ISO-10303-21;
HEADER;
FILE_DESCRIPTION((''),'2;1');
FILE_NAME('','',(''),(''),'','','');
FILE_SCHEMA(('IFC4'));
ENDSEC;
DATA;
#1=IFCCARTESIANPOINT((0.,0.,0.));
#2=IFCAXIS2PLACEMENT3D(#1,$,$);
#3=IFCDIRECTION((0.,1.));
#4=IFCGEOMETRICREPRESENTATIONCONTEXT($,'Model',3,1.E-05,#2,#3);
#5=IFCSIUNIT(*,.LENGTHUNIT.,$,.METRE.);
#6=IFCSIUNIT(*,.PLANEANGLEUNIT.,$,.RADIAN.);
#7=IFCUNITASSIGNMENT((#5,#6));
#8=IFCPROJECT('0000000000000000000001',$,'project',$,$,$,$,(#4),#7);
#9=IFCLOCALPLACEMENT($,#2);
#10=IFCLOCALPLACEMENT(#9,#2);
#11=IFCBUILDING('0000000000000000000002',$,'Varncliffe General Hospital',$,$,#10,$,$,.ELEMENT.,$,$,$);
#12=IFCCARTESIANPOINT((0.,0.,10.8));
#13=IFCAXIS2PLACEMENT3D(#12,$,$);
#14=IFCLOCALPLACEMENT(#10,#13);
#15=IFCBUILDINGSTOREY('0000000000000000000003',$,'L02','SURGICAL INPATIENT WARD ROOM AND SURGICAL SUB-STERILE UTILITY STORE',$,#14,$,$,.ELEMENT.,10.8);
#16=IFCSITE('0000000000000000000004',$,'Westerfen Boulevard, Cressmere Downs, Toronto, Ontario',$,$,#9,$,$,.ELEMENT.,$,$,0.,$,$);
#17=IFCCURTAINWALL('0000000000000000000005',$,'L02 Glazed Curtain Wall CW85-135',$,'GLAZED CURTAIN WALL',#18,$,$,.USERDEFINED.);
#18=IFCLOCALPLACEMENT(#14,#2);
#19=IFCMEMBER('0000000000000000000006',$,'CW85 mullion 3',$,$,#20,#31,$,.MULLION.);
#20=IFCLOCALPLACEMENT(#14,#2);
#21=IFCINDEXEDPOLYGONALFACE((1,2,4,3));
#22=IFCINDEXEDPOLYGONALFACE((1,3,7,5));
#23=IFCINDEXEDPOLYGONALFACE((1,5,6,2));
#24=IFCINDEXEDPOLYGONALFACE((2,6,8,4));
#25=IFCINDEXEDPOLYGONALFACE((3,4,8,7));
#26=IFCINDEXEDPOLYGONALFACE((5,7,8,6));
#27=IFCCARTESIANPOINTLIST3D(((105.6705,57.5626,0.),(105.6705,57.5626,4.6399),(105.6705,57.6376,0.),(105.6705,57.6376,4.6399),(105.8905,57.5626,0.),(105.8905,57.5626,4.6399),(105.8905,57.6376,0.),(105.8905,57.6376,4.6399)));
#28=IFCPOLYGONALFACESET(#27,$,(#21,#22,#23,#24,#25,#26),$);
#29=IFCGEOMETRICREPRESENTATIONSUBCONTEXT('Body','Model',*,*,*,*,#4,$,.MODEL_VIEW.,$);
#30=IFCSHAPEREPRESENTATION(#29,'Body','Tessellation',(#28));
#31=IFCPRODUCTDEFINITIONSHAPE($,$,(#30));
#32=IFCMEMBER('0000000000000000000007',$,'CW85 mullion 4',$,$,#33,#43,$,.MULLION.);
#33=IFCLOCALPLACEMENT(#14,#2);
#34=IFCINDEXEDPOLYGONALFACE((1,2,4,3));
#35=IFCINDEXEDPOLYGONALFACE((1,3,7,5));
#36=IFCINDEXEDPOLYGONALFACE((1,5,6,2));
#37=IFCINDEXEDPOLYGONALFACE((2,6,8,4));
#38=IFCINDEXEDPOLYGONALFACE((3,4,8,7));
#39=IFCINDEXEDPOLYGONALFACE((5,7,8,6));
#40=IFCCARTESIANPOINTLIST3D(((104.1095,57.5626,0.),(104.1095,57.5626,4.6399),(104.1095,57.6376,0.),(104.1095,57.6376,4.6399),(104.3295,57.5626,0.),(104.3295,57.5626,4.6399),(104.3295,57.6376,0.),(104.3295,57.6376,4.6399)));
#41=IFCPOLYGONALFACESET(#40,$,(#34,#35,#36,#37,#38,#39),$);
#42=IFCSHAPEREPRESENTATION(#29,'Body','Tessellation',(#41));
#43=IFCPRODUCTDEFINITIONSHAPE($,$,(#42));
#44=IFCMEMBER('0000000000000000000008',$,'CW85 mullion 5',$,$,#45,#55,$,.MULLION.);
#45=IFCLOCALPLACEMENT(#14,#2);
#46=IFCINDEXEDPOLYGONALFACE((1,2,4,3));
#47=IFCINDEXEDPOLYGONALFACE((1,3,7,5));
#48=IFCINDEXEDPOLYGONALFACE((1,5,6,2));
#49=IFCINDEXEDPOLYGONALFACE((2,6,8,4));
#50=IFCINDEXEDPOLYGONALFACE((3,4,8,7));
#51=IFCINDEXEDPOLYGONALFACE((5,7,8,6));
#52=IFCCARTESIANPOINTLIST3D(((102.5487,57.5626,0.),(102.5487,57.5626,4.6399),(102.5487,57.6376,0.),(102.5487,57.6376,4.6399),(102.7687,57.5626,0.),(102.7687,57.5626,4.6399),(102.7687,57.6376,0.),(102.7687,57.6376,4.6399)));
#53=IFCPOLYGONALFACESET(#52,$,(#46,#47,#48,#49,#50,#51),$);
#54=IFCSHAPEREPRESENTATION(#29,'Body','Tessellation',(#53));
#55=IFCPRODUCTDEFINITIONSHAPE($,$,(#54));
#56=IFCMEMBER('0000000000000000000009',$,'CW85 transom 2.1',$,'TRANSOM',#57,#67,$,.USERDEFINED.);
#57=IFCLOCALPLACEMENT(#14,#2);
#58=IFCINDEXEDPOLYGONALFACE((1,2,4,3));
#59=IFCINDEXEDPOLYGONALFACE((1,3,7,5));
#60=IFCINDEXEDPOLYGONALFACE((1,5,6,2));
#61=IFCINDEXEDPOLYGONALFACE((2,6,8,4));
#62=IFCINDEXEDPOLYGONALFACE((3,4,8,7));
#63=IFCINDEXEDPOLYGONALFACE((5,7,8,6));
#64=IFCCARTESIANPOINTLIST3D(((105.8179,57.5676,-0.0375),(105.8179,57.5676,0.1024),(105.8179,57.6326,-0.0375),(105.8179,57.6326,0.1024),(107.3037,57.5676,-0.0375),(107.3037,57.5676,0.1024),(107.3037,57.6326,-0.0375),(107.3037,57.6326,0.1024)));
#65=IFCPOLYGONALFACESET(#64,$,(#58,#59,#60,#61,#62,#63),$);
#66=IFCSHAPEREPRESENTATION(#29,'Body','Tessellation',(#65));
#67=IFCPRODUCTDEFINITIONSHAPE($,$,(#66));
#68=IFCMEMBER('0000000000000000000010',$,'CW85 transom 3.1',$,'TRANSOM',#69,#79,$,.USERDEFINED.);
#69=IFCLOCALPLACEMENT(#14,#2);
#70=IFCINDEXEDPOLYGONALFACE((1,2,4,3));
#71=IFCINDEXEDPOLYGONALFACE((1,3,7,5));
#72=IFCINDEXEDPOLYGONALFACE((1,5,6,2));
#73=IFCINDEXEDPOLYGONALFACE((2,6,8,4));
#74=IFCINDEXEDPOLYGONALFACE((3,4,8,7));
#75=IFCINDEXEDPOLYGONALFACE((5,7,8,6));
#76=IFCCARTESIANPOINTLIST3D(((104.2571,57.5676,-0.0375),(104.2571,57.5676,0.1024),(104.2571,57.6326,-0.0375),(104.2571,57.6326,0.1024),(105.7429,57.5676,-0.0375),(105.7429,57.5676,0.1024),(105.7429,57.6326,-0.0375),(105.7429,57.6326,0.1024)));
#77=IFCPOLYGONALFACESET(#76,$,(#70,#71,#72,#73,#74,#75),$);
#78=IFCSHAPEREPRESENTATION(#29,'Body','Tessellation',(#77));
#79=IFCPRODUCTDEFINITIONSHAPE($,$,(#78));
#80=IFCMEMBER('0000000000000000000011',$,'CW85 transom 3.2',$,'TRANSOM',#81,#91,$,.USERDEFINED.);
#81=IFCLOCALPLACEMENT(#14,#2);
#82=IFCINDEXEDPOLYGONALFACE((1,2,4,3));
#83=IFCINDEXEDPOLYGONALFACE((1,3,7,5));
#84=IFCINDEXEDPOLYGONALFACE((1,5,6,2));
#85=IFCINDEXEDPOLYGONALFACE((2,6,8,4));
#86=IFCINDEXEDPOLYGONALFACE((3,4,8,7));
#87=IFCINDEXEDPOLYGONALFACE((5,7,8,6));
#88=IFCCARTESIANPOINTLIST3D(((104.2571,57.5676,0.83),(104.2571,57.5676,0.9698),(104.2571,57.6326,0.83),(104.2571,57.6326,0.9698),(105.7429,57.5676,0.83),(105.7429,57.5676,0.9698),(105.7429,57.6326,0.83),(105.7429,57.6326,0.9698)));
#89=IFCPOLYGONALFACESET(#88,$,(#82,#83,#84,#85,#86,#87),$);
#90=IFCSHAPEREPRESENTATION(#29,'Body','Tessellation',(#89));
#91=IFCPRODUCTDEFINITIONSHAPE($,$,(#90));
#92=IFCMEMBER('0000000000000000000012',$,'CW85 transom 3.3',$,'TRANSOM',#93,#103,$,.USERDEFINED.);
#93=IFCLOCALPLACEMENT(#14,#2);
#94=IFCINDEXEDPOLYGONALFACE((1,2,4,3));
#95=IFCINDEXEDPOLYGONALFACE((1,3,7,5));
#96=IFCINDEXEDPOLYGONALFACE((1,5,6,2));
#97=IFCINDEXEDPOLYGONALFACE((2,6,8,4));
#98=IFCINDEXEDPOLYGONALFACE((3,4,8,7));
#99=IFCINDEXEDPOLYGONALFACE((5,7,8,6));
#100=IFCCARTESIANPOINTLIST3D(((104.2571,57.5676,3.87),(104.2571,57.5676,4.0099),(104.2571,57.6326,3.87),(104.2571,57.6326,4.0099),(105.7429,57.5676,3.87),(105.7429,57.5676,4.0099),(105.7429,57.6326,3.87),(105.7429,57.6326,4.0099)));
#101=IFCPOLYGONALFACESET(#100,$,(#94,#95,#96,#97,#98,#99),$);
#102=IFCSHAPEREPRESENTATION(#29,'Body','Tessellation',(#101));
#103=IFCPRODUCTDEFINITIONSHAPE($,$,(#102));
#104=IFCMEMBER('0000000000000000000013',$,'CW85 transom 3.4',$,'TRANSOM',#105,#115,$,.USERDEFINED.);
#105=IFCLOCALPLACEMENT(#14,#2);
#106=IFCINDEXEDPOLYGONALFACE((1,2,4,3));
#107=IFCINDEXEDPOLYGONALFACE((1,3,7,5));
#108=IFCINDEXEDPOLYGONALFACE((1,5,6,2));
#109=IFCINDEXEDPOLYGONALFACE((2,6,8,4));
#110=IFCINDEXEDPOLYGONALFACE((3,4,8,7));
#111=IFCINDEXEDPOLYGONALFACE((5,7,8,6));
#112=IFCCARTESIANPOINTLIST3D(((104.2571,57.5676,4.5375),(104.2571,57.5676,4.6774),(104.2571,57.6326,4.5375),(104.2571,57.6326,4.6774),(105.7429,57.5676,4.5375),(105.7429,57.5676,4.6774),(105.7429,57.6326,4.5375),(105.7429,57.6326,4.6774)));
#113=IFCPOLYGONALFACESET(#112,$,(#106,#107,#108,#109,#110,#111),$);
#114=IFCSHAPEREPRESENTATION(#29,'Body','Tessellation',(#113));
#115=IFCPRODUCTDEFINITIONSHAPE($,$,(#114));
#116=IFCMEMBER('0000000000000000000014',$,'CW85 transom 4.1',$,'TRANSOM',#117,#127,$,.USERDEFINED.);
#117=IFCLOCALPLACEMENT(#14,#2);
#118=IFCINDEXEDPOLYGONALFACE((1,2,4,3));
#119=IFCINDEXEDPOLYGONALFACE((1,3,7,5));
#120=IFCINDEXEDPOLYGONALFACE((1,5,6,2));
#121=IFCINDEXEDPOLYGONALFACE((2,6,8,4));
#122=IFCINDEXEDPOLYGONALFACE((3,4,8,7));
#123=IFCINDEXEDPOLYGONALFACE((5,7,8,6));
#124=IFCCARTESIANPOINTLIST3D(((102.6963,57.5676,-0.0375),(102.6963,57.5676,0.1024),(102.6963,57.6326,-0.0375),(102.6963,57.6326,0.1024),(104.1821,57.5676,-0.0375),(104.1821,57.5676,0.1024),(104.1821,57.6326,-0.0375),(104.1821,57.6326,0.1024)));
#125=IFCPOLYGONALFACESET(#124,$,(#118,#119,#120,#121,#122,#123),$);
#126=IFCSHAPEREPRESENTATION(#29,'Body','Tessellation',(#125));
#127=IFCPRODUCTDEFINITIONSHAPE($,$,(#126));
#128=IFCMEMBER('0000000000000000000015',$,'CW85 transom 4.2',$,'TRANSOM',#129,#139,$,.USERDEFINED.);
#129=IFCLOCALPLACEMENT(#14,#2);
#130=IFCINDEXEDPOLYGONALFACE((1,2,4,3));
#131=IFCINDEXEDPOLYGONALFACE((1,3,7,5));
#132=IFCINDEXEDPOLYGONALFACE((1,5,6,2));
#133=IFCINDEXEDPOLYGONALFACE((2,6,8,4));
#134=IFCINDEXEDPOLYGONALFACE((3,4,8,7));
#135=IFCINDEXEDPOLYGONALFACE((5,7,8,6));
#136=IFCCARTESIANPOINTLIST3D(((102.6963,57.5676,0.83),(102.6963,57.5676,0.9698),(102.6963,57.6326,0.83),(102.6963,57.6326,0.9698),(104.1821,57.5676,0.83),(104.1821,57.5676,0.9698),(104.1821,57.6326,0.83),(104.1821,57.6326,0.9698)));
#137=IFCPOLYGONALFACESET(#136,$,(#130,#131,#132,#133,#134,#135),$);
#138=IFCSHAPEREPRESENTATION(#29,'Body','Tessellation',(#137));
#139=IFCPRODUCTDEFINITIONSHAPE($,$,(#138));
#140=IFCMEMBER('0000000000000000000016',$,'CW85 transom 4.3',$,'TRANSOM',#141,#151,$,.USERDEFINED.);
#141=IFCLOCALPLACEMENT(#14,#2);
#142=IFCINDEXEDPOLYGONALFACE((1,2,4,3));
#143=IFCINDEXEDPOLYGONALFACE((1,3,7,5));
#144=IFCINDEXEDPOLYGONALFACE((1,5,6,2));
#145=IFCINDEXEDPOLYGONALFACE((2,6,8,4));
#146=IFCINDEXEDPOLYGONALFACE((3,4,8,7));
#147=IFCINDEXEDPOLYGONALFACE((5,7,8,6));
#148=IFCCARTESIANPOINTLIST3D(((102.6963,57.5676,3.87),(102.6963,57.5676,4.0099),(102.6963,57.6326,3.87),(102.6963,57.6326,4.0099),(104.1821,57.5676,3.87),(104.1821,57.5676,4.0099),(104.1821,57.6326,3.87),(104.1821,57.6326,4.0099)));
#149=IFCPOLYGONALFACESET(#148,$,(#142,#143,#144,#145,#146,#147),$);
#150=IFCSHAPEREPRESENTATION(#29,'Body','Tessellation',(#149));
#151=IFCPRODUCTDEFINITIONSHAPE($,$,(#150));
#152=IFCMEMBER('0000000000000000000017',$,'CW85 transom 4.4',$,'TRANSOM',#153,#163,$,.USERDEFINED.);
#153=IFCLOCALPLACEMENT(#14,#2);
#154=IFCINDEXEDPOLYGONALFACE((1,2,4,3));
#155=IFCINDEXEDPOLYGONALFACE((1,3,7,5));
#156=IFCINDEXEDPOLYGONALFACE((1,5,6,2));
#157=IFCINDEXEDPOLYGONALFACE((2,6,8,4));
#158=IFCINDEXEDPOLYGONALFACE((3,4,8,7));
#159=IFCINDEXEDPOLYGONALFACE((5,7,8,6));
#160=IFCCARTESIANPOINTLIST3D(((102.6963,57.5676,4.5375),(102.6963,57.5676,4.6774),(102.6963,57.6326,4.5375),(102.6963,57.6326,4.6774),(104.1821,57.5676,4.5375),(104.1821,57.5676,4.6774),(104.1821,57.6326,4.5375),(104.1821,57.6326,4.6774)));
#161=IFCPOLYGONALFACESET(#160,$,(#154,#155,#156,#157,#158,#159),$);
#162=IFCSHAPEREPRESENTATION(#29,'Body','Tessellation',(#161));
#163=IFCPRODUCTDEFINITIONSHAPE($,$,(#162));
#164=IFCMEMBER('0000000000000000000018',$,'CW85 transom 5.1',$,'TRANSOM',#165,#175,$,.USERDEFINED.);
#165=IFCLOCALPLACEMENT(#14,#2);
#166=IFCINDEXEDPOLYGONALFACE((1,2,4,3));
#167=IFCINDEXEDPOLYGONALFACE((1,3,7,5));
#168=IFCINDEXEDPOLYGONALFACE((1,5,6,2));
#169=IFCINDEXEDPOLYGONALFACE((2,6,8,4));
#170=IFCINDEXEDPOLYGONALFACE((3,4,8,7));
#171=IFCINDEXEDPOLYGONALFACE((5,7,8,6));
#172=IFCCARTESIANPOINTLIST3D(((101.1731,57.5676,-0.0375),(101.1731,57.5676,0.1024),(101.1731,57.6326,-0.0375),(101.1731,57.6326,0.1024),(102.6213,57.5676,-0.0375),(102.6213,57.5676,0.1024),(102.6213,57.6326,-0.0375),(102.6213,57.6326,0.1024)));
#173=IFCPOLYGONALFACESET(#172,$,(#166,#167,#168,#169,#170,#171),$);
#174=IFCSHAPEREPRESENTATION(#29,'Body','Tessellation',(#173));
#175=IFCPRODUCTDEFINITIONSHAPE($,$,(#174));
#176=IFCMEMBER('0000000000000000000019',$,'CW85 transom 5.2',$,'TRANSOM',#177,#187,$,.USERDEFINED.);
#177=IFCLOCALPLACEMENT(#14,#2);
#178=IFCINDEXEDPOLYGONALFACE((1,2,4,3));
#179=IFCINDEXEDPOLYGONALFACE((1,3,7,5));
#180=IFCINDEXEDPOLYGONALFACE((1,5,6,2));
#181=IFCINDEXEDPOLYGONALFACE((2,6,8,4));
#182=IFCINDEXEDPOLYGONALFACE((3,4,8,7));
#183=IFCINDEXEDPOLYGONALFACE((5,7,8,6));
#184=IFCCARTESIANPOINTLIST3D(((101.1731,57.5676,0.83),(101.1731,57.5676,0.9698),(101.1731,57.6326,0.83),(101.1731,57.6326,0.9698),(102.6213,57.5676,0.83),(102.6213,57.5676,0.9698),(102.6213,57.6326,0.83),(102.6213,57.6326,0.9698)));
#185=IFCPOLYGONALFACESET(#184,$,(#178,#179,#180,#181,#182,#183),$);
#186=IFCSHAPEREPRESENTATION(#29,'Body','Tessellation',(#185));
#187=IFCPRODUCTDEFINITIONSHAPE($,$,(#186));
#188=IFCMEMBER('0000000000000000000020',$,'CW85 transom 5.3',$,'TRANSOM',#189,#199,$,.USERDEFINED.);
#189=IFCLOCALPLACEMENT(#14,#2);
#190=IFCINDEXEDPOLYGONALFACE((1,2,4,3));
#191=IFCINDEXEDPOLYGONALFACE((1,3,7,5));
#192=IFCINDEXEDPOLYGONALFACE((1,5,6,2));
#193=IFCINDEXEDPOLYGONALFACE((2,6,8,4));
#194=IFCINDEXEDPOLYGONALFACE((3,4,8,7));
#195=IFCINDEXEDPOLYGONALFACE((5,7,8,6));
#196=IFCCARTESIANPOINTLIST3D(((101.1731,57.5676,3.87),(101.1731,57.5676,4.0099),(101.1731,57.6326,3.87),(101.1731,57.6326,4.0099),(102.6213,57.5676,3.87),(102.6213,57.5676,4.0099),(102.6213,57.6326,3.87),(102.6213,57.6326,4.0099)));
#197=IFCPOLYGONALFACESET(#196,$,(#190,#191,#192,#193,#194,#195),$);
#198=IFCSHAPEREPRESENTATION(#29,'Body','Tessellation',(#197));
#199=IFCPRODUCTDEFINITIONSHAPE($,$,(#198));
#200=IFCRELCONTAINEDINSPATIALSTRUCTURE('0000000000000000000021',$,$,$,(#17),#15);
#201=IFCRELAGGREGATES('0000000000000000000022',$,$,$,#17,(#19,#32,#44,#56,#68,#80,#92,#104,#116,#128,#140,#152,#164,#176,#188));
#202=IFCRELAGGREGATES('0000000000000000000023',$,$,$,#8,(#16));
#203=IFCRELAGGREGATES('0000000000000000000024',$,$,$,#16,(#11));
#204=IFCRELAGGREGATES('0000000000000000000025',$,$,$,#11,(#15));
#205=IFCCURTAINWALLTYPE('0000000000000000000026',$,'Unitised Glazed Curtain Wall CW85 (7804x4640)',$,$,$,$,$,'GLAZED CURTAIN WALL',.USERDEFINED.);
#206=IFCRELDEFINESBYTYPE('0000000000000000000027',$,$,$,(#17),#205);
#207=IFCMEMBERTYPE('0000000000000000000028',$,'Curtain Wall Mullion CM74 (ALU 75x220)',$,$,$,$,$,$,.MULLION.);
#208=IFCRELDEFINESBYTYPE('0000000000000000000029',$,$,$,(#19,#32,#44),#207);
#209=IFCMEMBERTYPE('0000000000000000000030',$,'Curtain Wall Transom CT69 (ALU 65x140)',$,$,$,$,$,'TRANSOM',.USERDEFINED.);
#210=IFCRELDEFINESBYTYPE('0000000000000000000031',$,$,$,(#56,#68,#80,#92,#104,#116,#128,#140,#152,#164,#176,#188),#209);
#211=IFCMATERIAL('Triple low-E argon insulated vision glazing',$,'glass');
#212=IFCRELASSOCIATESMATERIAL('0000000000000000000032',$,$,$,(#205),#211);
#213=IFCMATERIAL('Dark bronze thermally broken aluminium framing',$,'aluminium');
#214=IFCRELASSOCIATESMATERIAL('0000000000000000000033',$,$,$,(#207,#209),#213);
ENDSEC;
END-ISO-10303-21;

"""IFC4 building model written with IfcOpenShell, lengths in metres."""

from ifc_helpers import new_model, si_unit, direction, frame, origin, origin_2d, place, context, subcontext, project, spatial, rectangle, extrude, material, material_profile, profile_set, type_object, element, aggregate, save


model = new_model("IFC4")

# Units and contexts
model_context = context("Model", 3, precision=1e-05, world=origin(), true_north=direction((0.0, 1.0)))
body_context = subcontext(model_context, "Body", "Model", "MODEL_VIEW")
ifc_project = project(units=[si_unit("LENGTHUNIT", "METRE"), si_unit("PLANEANGLEUNIT", "RADIAN")], contexts=[model_context])

# Site, building, storey
site_placement = place(None, origin())
site = spatial("IfcSite", under=ifc_project, at=site_placement, Name="Westerfen Boulevard, Cressmere Downs, Toronto, Ontario", CompositionType="ELEMENT", RefElevation=0.0)
building_placement = place(site_placement, origin())
building = spatial("IfcBuilding", under=site, at=building_placement, Name="Varncliffe General Hospital", CompositionType="ELEMENT")
storey_placement = place(building_placement, frame((0.0, 0.0, 10.8)))
storey = spatial("IfcBuildingStorey", under=building, at=storey_placement, Name="L02", Description="SURGICAL INPATIENT WARD ROOM AND SURGICAL SUB-STERILE UTILITY STORE", CompositionType="ELEMENT", Elevation=10.8)

# Curtain wall, members
ifc_material_1 = material(Name="Triple low-E argon insulated vision glazing", Category="glass")
curtain_wall_type = type_object("IfcCurtainWallType", Name="Unitised Glazed Curtain Wall CW85 (7804x4640)", ElementType="GLAZED CURTAIN WALL", PredefinedType="USERDEFINED", material=ifc_material_1)
curtain_wall_placement = place(storey_placement, origin())
curtain_wall = element("IfcCurtainWall", 1, at=curtain_wall_placement, inside=storey, type_object=curtain_wall_type, Name="L02 Glazed Curtain Wall CW85-135", ObjectType="GLAZED CURTAIN WALL", PredefinedType="USERDEFINED")
ifc_material_2 = material(Name="Dark bronze thermally broken aluminium framing", Category="aluminium")
ifc_material_profile_1 = material_profile(ifc_material_2, rectangle(XDim=0.075, YDim=0.22, at=origin_2d()), Name="ALU 75x220")
ifc_profile_set_1 = profile_set([ifc_material_profile_1], Name="Dark bronze thermally broken aluminium framing")
member_type_1 = type_object("IfcMemberType", Name="Curtain Wall Mullion CM74 (ALU 75x220)", PredefinedType="MULLION", material=ifc_profile_set_1)
member_1_placement = place(storey_placement, frame((105.7805, 57.6001, 0.0), z_axis=(0.0, 0.0, 1.0), x_axis=(0.0, -1.0, 0.0)))
member_1 = element("IfcMember", 2, at=member_1_placement, type_object=member_type_1, Name="CW85 mullion 3", PredefinedType="MULLION", context=body_context, shape_type="SweptSolid", body=[
    extrude(rectangle(XDim=0.075, YDim=0.22, at=origin_2d()), origin(), (0.0, 0.0, 1.0), 4.6399),
])
member_2_placement = place(storey_placement, frame((104.2195, 57.6001, 0.0), z_axis=(0.0, 0.0, 1.0), x_axis=(0.0, -1.0, 0.0)))
member_2 = element("IfcMember", 3, at=member_2_placement, type_object=member_type_1, Name="CW85 mullion 4", PredefinedType="MULLION", context=body_context, shape_type="SweptSolid", body=[
    extrude(rectangle(XDim=0.075, YDim=0.22, at=origin_2d()), origin(), (0.0, 0.0, 1.0), 4.6399),
])
member_3_placement = place(storey_placement, frame((102.6587, 57.6001, 0.0), z_axis=(0.0, 0.0, 1.0), x_axis=(0.0, -1.0, 0.0)))
member_3 = element("IfcMember", 4, at=member_3_placement, type_object=member_type_1, Name="CW85 mullion 5", PredefinedType="MULLION", context=body_context, shape_type="SweptSolid", body=[
    extrude(rectangle(XDim=0.075, YDim=0.22, at=origin_2d()), origin(), (0.0, 0.0, 1.0), 4.6399),
])
ifc_material_profile_2 = material_profile(ifc_material_2, rectangle(XDim=0.0649, YDim=0.1399, at=origin_2d()), Name="ALU 65x140")
ifc_profile_set_2 = profile_set([ifc_material_profile_2], Name="Dark bronze thermally broken aluminium framing")
member_type_2 = type_object("IfcMemberType", Name="Curtain Wall Transom CT69 (ALU 65x140)", ElementType="TRANSOM", PredefinedType="USERDEFINED", material=ifc_profile_set_2)
member_4_placement = place(storey_placement, frame((107.3037, 57.6001, 0.0325), z_axis=(-1.0, 0.0, 0.0), x_axis=(0.0, -1.0, 0.0)))
member_4 = element("IfcMember", 5, at=member_4_placement, type_object=member_type_2, Name="CW85 transom 2.1", ObjectType="TRANSOM", PredefinedType="USERDEFINED", context=body_context, shape_type="SweptSolid", body=[
    extrude(rectangle(XDim=0.0649, YDim=0.1399, at=origin_2d()), origin(), (0.0, 0.0, 1.0), 1.4858),
])
member_5_placement = place(storey_placement, frame((105.7429, 57.6001, 0.0325), z_axis=(-1.0, 0.0, 0.0), x_axis=(0.0, -1.0, 0.0)))
member_5 = element("IfcMember", 6, at=member_5_placement, type_object=member_type_2, Name="CW85 transom 3.1", ObjectType="TRANSOM", PredefinedType="USERDEFINED", context=body_context, shape_type="SweptSolid", body=[
    extrude(rectangle(XDim=0.0649, YDim=0.1399, at=origin_2d()), origin(), (0.0, 0.0, 1.0), 1.4858),
])
member_6_placement = place(storey_placement, frame((105.7429, 57.6001, 0.8999), z_axis=(-1.0, 0.0, 0.0), x_axis=(0.0, -1.0, 0.0)))
member_6 = element("IfcMember", 7, at=member_6_placement, type_object=member_type_2, Name="CW85 transom 3.2", ObjectType="TRANSOM", PredefinedType="USERDEFINED", context=body_context, shape_type="SweptSolid", body=[
    extrude(rectangle(XDim=0.0649, YDim=0.1399, at=origin_2d()), origin(), (0.0, 0.0, 1.0), 1.4858),
])
member_7_placement = place(storey_placement, frame((105.7429, 57.6001, 3.9399), z_axis=(-1.0, 0.0, 0.0), x_axis=(0.0, -1.0, 0.0)))
member_7 = element("IfcMember", 8, at=member_7_placement, type_object=member_type_2, Name="CW85 transom 3.3", ObjectType="TRANSOM", PredefinedType="USERDEFINED", context=body_context, shape_type="SweptSolid", body=[
    extrude(rectangle(XDim=0.0649, YDim=0.1399, at=origin_2d()), origin(), (0.0, 0.0, 1.0), 1.4858),
])
member_8_placement = place(storey_placement, frame((105.7429, 57.6001, 4.6074), z_axis=(-1.0, 0.0, 0.0), x_axis=(0.0, -1.0, 0.0)))
member_8 = element("IfcMember", 9, at=member_8_placement, type_object=member_type_2, Name="CW85 transom 3.4", ObjectType="TRANSOM", PredefinedType="USERDEFINED", context=body_context, shape_type="SweptSolid", body=[
    extrude(rectangle(XDim=0.0649, YDim=0.1399, at=origin_2d()), origin(), (0.0, 0.0, 1.0), 1.4858),
])
member_9_placement = place(storey_placement, frame((104.1821, 57.6001, 0.0325), z_axis=(-1.0, 0.0, 0.0), x_axis=(0.0, -1.0, 0.0)))
member_9 = element("IfcMember", 10, at=member_9_placement, type_object=member_type_2, Name="CW85 transom 4.1", ObjectType="TRANSOM", PredefinedType="USERDEFINED", context=body_context, shape_type="SweptSolid", body=[
    extrude(rectangle(XDim=0.0649, YDim=0.1399, at=origin_2d()), origin(), (0.0, 0.0, 1.0), 1.4858),
])
member_10_placement = place(storey_placement, frame((104.1821, 57.6001, 0.8999), z_axis=(-1.0, 0.0, 0.0), x_axis=(0.0, -1.0, 0.0)))
member_10 = element("IfcMember", 11, at=member_10_placement, type_object=member_type_2, Name="CW85 transom 4.2", ObjectType="TRANSOM", PredefinedType="USERDEFINED", context=body_context, shape_type="SweptSolid", body=[
    extrude(rectangle(XDim=0.0649, YDim=0.1399, at=origin_2d()), origin(), (0.0, 0.0, 1.0), 1.4858),
])
member_11_placement = place(storey_placement, frame((104.1821, 57.6001, 3.9399), z_axis=(-1.0, 0.0, 0.0), x_axis=(0.0, -1.0, 0.0)))
member_11 = element("IfcMember", 12, at=member_11_placement, type_object=member_type_2, Name="CW85 transom 4.3", ObjectType="TRANSOM", PredefinedType="USERDEFINED", context=body_context, shape_type="SweptSolid", body=[
    extrude(rectangle(XDim=0.0649, YDim=0.1399, at=origin_2d()), origin(), (0.0, 0.0, 1.0), 1.4858),
])
member_12_placement = place(storey_placement, frame((104.1821, 57.6001, 4.6074), z_axis=(-1.0, 0.0, 0.0), x_axis=(0.0, -1.0, 0.0)))
member_12 = element("IfcMember", 13, at=member_12_placement, type_object=member_type_2, Name="CW85 transom 4.4", ObjectType="TRANSOM", PredefinedType="USERDEFINED", context=body_context, shape_type="SweptSolid", body=[
    extrude(rectangle(XDim=0.0649, YDim=0.1399, at=origin_2d()), origin(), (0.0, 0.0, 1.0), 1.4858),
])
member_13_placement = place(storey_placement, frame((102.6213, 57.6001, 0.0325), z_axis=(-1.0, 0.0, 0.0), x_axis=(0.0, -1.0, 0.0)))
member_13 = element("IfcMember", 14, at=member_13_placement, type_object=member_type_2, Name="CW85 transom 5.1", ObjectType="TRANSOM", PredefinedType="USERDEFINED", context=body_context, shape_type="SweptSolid", body=[
    extrude(rectangle(XDim=0.0649, YDim=0.1399, at=origin_2d()), origin(), (0.0, 0.0, 1.0), 1.4482),
])
member_14_placement = place(storey_placement, frame((102.6213, 57.6001, 0.8999), z_axis=(-1.0, 0.0, 0.0), x_axis=(0.0, -1.0, 0.0)))
member_14 = element("IfcMember", 15, at=member_14_placement, type_object=member_type_2, Name="CW85 transom 5.2", ObjectType="TRANSOM", PredefinedType="USERDEFINED", context=body_context, shape_type="SweptSolid", body=[
    extrude(rectangle(XDim=0.0649, YDim=0.1399, at=origin_2d()), origin(), (0.0, 0.0, 1.0), 1.4482),
])
member_15_placement = place(storey_placement, frame((102.6213, 57.6001, 3.9399), z_axis=(-1.0, 0.0, 0.0), x_axis=(0.0, -1.0, 0.0)))
member_15 = element("IfcMember", 16, at=member_15_placement, type_object=member_type_2, Name="CW85 transom 5.3", ObjectType="TRANSOM", PredefinedType="USERDEFINED", context=body_context, shape_type="SweptSolid", body=[
    extrude(rectangle(XDim=0.0649, YDim=0.1399, at=origin_2d()), origin(), (0.0, 0.0, 1.0), 1.4482),
])
aggregate(curtain_wall, [member_1, member_2, member_3, member_4, member_5, member_6, member_7, member_8, member_9, member_10, member_11, member_12, member_13, member_14, member_15])

save(model, "model.ifc")
